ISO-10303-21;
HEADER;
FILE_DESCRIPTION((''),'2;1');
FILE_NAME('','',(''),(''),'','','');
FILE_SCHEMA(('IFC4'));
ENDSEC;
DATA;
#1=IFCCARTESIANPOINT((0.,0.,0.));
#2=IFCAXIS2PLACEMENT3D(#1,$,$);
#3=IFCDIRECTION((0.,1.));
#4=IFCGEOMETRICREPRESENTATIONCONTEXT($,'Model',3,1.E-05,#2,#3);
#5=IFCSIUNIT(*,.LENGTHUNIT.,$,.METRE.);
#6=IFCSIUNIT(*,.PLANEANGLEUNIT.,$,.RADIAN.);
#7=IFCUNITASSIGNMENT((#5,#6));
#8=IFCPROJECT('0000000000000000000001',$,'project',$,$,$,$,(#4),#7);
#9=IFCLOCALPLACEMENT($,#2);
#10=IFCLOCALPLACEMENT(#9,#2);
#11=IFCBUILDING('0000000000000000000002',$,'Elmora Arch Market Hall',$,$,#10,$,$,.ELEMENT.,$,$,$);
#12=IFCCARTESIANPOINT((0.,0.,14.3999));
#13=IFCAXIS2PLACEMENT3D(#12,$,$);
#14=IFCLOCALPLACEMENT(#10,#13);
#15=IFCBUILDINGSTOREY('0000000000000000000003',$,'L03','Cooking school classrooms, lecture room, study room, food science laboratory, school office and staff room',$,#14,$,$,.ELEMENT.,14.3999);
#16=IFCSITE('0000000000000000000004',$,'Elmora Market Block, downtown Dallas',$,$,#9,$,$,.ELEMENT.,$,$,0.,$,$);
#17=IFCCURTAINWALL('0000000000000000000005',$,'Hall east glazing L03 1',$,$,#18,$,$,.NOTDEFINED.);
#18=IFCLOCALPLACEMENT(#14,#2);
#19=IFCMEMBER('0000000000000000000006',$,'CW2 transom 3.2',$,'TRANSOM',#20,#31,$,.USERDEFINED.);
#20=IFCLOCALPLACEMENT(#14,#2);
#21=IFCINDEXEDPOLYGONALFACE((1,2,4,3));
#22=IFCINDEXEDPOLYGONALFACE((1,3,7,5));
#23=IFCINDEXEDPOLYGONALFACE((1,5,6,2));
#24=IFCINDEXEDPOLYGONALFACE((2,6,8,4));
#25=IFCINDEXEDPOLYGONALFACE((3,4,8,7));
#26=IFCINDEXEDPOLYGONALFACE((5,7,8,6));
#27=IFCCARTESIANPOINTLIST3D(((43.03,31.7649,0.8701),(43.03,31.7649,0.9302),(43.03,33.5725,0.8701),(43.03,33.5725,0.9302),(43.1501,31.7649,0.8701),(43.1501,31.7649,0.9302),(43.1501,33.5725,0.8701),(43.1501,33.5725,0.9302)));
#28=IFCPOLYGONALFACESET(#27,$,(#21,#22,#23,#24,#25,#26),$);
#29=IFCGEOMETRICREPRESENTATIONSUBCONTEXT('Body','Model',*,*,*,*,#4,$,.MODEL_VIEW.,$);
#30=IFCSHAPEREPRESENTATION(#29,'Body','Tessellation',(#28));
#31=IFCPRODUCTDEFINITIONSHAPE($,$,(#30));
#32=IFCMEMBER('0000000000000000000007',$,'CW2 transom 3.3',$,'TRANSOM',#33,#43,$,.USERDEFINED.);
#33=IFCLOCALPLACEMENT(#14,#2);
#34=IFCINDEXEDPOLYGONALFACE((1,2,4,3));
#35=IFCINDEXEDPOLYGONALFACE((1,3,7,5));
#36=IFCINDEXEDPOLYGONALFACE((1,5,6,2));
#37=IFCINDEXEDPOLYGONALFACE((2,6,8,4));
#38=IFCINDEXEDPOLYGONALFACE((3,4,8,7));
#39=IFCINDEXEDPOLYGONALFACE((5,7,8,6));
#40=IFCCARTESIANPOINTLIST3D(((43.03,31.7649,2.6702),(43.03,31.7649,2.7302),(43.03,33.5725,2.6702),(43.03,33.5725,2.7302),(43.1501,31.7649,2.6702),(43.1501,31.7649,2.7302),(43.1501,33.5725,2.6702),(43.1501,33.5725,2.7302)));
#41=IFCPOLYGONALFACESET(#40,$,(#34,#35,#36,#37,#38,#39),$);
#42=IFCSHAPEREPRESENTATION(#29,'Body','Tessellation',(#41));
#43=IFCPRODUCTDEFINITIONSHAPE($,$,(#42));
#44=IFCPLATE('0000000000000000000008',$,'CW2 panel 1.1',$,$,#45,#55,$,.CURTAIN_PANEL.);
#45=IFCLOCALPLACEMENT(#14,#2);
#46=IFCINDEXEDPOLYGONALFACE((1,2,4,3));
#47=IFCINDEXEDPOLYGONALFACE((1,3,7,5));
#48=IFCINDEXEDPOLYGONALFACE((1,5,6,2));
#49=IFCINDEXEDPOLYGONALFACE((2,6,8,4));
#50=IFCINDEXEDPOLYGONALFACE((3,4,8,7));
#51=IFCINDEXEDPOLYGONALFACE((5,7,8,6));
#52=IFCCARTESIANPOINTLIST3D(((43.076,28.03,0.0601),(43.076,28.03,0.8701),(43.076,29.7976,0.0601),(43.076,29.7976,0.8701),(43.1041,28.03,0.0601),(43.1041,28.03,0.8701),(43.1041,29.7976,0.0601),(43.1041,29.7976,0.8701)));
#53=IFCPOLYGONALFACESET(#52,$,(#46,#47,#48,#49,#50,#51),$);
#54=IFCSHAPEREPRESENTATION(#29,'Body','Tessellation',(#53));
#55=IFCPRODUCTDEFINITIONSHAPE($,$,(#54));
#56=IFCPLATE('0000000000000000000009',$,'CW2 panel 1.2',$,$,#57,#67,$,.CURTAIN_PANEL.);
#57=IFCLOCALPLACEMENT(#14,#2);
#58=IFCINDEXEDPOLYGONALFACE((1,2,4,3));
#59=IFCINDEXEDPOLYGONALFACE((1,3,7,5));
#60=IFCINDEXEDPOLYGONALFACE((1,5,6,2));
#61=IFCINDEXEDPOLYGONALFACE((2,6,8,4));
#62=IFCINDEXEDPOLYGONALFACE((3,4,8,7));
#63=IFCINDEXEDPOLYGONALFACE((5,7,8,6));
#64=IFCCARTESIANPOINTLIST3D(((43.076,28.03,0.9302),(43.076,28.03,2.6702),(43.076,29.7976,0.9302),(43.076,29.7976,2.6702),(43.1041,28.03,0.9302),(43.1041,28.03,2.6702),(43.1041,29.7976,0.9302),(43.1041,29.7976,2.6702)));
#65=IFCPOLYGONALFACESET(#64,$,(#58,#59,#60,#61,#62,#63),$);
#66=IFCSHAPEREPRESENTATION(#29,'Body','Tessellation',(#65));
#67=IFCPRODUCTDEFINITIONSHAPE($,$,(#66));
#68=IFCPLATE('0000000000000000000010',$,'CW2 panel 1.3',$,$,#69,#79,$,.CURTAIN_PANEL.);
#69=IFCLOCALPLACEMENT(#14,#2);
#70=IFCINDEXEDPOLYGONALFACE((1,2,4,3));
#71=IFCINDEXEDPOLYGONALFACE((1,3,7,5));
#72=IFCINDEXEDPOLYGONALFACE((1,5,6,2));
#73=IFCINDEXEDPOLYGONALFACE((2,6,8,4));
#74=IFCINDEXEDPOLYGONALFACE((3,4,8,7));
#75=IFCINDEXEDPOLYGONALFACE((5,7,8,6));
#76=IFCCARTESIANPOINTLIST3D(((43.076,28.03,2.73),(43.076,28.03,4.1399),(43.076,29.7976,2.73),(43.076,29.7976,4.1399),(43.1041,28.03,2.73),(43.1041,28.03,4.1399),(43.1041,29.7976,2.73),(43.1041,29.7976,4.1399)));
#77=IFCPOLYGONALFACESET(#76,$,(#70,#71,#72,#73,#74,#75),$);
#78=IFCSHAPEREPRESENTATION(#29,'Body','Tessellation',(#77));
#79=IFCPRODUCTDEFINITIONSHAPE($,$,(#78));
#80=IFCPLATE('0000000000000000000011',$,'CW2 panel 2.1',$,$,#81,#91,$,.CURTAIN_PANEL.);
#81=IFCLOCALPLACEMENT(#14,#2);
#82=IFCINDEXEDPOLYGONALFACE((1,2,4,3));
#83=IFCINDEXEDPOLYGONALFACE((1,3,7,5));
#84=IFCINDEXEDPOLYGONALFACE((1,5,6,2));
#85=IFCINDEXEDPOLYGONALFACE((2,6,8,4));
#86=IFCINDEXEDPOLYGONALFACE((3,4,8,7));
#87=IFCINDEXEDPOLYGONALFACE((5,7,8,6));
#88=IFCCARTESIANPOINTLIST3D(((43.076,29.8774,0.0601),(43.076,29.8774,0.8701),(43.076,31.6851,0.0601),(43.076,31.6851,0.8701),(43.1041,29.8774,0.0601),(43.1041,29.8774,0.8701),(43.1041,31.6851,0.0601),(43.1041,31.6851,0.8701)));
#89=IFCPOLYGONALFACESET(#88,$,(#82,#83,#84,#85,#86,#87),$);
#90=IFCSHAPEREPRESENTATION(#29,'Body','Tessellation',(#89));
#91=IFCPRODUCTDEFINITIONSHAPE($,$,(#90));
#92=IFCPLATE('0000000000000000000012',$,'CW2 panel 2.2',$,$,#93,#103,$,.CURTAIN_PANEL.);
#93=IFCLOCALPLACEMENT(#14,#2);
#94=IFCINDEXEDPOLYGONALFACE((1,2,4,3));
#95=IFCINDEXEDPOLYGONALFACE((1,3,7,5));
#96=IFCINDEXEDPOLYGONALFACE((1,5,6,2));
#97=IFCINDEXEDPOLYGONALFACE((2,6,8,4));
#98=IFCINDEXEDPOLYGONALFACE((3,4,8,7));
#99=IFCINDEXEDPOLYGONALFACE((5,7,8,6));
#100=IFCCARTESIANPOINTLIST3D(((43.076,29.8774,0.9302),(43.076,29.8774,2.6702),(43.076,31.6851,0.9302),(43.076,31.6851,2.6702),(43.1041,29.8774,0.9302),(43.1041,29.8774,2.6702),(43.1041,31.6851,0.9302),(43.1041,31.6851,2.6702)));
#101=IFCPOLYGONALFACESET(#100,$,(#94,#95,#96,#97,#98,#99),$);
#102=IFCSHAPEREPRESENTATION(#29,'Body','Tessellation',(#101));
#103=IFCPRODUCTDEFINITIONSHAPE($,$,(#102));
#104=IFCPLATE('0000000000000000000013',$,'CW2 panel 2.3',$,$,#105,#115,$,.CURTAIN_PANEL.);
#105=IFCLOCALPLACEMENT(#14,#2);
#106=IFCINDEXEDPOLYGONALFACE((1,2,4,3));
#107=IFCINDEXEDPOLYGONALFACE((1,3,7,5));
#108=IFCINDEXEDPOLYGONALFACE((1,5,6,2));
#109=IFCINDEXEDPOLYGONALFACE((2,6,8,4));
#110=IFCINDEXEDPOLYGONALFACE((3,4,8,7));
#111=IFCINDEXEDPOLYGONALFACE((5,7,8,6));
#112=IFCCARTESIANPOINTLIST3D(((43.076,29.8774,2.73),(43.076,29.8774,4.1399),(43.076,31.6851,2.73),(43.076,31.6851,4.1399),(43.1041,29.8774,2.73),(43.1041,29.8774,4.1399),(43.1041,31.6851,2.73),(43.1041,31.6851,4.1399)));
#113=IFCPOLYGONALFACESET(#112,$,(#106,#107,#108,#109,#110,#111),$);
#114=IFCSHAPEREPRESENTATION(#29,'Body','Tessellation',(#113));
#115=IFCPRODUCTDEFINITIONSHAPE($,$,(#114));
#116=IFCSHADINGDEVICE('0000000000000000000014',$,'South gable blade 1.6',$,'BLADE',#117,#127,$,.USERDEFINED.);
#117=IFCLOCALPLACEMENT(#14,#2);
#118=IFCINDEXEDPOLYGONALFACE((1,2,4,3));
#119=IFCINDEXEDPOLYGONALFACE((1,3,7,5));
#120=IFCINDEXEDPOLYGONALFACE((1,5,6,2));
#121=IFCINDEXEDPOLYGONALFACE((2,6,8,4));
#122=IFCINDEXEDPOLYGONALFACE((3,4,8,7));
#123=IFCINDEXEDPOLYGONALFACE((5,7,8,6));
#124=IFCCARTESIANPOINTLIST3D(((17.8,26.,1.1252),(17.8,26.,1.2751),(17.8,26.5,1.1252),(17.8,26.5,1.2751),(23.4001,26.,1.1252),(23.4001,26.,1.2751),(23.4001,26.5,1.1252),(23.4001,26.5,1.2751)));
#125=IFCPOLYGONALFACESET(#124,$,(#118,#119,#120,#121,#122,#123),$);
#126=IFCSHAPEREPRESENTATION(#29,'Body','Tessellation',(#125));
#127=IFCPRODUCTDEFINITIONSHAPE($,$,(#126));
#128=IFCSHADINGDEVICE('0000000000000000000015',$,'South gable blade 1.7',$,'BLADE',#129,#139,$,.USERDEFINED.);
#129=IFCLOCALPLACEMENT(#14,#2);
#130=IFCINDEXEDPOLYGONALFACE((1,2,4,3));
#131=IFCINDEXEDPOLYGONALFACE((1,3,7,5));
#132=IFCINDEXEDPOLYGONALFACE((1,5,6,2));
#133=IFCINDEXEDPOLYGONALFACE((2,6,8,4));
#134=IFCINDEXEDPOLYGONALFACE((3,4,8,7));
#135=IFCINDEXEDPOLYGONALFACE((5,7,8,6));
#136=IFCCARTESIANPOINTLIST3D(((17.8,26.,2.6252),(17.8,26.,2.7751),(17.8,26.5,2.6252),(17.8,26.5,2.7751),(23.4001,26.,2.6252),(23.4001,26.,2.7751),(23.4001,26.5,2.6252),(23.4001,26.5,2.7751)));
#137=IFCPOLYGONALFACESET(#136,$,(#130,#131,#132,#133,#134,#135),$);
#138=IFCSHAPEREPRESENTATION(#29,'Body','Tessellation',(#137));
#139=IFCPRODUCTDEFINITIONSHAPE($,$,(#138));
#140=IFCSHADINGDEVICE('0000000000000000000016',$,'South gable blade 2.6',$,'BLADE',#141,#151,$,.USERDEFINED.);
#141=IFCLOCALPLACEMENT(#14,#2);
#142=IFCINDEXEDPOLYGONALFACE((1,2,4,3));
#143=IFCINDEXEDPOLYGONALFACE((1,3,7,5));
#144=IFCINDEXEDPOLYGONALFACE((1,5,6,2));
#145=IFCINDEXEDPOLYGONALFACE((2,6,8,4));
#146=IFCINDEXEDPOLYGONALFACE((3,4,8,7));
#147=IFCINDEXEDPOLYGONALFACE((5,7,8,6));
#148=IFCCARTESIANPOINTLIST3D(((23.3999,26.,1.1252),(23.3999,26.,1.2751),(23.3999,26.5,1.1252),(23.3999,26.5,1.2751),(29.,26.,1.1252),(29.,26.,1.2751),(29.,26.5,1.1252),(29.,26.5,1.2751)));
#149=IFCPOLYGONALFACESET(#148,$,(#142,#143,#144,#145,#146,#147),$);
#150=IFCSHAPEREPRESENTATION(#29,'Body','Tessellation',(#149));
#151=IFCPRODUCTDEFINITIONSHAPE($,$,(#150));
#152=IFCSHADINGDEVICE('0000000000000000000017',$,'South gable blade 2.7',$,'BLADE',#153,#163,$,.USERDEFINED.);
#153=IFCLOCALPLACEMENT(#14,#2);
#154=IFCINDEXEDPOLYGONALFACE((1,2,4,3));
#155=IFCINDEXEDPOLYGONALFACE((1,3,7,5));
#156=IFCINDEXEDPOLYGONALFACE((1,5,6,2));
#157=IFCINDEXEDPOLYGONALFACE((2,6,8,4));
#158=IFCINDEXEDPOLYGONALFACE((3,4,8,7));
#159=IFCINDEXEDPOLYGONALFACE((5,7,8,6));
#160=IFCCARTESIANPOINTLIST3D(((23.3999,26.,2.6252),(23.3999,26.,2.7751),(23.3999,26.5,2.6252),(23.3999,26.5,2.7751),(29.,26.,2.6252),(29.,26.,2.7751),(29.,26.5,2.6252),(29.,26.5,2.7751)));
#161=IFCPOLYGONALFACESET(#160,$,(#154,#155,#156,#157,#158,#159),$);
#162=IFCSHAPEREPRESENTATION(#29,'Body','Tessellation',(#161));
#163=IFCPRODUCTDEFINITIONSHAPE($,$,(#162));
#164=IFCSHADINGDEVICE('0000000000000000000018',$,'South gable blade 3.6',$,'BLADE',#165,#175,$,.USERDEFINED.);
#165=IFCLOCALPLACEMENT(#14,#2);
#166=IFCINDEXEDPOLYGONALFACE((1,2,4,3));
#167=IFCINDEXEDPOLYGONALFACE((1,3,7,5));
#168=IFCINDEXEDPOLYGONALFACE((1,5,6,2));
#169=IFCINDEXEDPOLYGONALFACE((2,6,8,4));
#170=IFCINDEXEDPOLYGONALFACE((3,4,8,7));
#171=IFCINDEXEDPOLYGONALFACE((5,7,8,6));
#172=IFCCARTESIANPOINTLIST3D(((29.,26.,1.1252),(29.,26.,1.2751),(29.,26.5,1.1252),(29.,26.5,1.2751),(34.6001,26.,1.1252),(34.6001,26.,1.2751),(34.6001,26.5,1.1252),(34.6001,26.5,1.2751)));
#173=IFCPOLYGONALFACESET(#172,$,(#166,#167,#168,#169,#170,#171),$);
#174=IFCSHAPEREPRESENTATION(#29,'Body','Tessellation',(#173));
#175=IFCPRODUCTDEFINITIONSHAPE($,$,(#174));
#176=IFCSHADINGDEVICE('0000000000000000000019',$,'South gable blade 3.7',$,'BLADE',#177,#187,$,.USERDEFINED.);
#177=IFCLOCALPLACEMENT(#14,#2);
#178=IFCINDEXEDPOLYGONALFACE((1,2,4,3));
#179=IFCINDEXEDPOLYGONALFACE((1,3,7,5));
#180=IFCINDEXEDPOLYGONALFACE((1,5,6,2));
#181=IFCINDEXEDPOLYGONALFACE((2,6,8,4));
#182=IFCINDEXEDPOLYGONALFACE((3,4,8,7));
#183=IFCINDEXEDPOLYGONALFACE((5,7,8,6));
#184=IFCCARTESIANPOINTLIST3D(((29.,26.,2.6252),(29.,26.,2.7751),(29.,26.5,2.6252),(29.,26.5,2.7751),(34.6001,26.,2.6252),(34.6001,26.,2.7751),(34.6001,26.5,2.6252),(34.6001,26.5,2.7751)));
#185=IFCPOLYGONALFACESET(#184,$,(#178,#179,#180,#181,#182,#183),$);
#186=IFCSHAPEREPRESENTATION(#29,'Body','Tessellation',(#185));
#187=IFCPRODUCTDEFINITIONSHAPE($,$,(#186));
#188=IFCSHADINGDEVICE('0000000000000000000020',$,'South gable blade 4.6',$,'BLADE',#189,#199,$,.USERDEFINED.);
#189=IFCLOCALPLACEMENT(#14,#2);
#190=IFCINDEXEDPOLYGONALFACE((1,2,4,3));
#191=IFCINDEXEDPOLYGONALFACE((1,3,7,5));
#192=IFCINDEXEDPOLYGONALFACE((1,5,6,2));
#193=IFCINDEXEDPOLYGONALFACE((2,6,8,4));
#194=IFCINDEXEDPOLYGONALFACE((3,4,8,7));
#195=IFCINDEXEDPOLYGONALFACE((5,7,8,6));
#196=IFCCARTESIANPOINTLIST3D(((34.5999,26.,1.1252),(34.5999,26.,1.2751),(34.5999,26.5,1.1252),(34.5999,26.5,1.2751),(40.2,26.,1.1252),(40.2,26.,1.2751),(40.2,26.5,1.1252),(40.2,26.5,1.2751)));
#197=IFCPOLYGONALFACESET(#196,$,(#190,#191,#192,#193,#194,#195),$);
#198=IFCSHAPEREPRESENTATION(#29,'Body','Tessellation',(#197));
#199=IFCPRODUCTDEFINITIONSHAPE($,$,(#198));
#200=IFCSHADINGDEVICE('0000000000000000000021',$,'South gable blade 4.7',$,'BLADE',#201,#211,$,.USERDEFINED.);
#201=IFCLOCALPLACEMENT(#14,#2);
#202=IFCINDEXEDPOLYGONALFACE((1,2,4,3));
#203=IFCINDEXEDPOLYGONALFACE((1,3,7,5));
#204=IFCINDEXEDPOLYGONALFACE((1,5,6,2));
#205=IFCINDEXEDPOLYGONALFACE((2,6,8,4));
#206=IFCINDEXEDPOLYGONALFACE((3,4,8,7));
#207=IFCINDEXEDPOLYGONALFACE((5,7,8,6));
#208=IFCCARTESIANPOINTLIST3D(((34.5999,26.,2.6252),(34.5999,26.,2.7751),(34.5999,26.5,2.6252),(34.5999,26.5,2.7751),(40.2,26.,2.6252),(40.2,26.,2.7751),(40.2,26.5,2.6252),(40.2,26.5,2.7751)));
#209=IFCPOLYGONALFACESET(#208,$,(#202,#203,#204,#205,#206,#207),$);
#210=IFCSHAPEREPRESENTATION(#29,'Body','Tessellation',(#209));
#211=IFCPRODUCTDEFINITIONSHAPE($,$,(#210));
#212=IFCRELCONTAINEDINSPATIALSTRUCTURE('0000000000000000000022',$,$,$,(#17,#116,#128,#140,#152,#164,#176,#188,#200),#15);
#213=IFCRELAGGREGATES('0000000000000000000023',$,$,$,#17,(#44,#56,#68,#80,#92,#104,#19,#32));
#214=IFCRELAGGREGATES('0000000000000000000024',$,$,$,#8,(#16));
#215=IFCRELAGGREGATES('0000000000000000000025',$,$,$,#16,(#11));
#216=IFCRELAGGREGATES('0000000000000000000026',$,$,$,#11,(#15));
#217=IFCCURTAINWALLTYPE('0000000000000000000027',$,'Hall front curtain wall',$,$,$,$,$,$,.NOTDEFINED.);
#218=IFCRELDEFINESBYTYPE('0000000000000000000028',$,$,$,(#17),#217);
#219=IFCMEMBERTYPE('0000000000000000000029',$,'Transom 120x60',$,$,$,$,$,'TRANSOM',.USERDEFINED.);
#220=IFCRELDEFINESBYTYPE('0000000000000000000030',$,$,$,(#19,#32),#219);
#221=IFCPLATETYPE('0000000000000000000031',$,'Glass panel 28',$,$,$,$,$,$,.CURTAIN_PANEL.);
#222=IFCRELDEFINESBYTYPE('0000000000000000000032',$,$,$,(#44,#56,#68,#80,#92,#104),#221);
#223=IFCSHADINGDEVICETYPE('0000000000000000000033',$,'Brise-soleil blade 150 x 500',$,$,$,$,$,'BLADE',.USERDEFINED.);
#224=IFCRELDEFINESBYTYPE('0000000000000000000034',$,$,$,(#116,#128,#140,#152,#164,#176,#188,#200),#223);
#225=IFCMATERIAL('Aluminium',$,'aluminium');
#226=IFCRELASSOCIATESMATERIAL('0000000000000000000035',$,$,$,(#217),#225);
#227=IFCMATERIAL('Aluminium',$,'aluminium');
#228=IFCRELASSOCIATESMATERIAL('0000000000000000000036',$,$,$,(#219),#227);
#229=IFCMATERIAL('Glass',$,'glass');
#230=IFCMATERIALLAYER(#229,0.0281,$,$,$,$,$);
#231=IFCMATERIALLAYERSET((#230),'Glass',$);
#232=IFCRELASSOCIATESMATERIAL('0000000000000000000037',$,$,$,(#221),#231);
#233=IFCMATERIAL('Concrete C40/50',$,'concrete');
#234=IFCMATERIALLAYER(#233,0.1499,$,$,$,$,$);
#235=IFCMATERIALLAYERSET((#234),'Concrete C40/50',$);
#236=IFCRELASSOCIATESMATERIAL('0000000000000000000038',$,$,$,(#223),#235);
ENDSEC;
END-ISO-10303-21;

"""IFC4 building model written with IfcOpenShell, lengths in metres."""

from ifc_helpers import new_model, si_unit, direction, frame, origin, origin_2d, place, context, subcontext, project, spatial, rectangle, extrude, material, layer, layer_set, material_profile, profile_set, type_object, element, aggregate, save


model = new_model("IFC4")

# Units and contexts
model_context = context("Model", 3, precision=1e-05, world=origin(), true_north=direction((0.0, 1.0)))
body_context = subcontext(model_context, "Body", "Model", "MODEL_VIEW")
ifc_project = project(units=[si_unit("LENGTHUNIT", "METRE"), si_unit("PLANEANGLEUNIT", "RADIAN")], contexts=[model_context])

# Site, building, storey
site_placement = place(None, origin())
site = spatial("IfcSite", under=ifc_project, at=site_placement, Name="Elmora Market Block, downtown Dallas", CompositionType="ELEMENT", RefElevation=0.0)
building_placement = place(site_placement, origin())
building = spatial("IfcBuilding", under=site, at=building_placement, Name="Elmora Arch Market Hall", CompositionType="ELEMENT")
storey_placement = place(building_placement, frame((0.0, 0.0, 14.3999)))
storey = spatial("IfcBuildingStorey", under=building, at=storey_placement, Name="L03", Description="Cooking school classrooms, lecture room, study room, food science laboratory, school office and staff room", CompositionType="ELEMENT", Elevation=14.3999)

# Curtain wall, members, plates
ifc_material_1 = material(Name="Aluminium", Category="aluminium")
curtain_wall_type = type_object("IfcCurtainWallType", Name="Hall front curtain wall", PredefinedType="NOTDEFINED", material=ifc_material_1)
curtain_wall_placement = place(storey_placement, origin())
curtain_wall = element("IfcCurtainWall", 1, at=curtain_wall_placement, inside=storey, type_object=curtain_wall_type, Name="Hall east glazing L03 1", PredefinedType="NOTDEFINED")
ifc_material_2 = material(Name="Aluminium", Category="aluminium")
ifc_material_profile_1 = material_profile(ifc_material_2, rectangle(XDim=0.1201, YDim=0.0601, at=origin_2d()), Name="AL 120x60")
ifc_profile_set_1 = profile_set([ifc_material_profile_1], Name="Aluminium")
member_type_1 = type_object("IfcMemberType", Name="Transom 120x60", ElementType="TRANSOM", PredefinedType="USERDEFINED", material=ifc_profile_set_1)
member_1_placement = place(storey_placement, frame((43.0901, 31.7649, 0.9001), z_axis=(0.0, 1.0, 0.0), x_axis=(-1.0, 0.0, 0.0)))
member_1 = element("IfcMember", 2, at=member_1_placement, type_object=member_type_1, Name="CW2 transom 3.2", ObjectType="TRANSOM", PredefinedType="USERDEFINED", context=body_context, shape_type="SweptSolid", body=[
    extrude(rectangle(XDim=0.1201, YDim=0.0601, at=origin_2d()), origin(), (0.0, 0.0, 1.0), 1.8076),
])
member_2_placement = place(storey_placement, frame((43.0901, 31.7649, 2.7002), z_axis=(0.0, 1.0, 0.0), x_axis=(-1.0, 0.0, 0.0)))
member_2 = element("IfcMember", 3, at=member_2_placement, type_object=member_type_1, Name="CW2 transom 3.3", ObjectType="TRANSOM", PredefinedType="USERDEFINED", context=body_context, shape_type="SweptSolid", body=[
    extrude(rectangle(XDim=0.1201, YDim=0.0601, at=origin_2d()), origin(), (0.0, 0.0, 1.0), 1.8076),
])
ifc_material_3 = material(Name="Glass", Category="glass")
ifc_layer_1 = layer(ifc_material_3, 0.0281)
ifc_layer_set_1 = layer_set([ifc_layer_1], Name="Glass")
plate_type = type_object("IfcPlateType", Name="Glass panel 28", PredefinedType="CURTAIN_PANEL", material=ifc_layer_set_1)
plate_1_placement = place(storey_placement, frame((43.0901, 28.9138, 0.0601), z_axis=(0.0, 0.0, 1.0), x_axis=(0.0, 1.0, 0.0)))
plate_1 = element("IfcPlate", 4, at=plate_1_placement, type_object=plate_type, Name="CW2 panel 1.1", PredefinedType="CURTAIN_PANEL", context=body_context, shape_type="SweptSolid", body=[
    extrude(rectangle(XDim=1.7676, YDim=0.0281, at=origin_2d()), origin(), (0.0, 0.0, 1.0), 0.8101),
])
plate_2_placement = place(storey_placement, frame((43.0901, 28.9138, 0.9302), z_axis=(0.0, 0.0, 1.0), x_axis=(0.0, 1.0, 0.0)))
plate_2 = element("IfcPlate", 5, at=plate_2_placement, type_object=plate_type, Name="CW2 panel 1.2", PredefinedType="CURTAIN_PANEL", context=body_context, shape_type="SweptSolid", body=[
    extrude(rectangle(XDim=1.7676, YDim=0.0281, at=origin_2d()), origin(), (0.0, 0.0, 1.0), 1.74),
])
plate_3_placement = place(storey_placement, frame((43.0901, 28.9138, 2.73), z_axis=(0.0, 0.0, 1.0), x_axis=(0.0, 1.0, 0.0)))
plate_3 = element("IfcPlate", 6, at=plate_3_placement, type_object=plate_type, Name="CW2 panel 1.3", PredefinedType="CURTAIN_PANEL", context=body_context, shape_type="SweptSolid", body=[
    extrude(rectangle(XDim=1.7676, YDim=0.0281, at=origin_2d()), origin(), (0.0, 0.0, 1.0), 1.4099),
])
plate_4_placement = place(storey_placement, frame((43.0901, 30.7812, 0.0601), z_axis=(0.0, 0.0, 1.0), x_axis=(0.0, 1.0, 0.0)))
plate_4 = element("IfcPlate", 7, at=plate_4_placement, type_object=plate_type, Name="CW2 panel 2.1", PredefinedType="CURTAIN_PANEL", context=body_context, shape_type="SweptSolid", body=[
    extrude(rectangle(XDim=1.8076, YDim=0.0281, at=origin_2d()), origin(), (0.0, 0.0, 1.0), 0.8101),
])
plate_5_placement = place(storey_placement, frame((43.0901, 30.7812, 0.9302), z_axis=(0.0, 0.0, 1.0), x_axis=(0.0, 1.0, 0.0)))
plate_5 = element("IfcPlate", 8, at=plate_5_placement, type_object=plate_type, Name="CW2 panel 2.2", PredefinedType="CURTAIN_PANEL", context=body_context, shape_type="SweptSolid", body=[
    extrude(rectangle(XDim=1.8076, YDim=0.0281, at=origin_2d()), origin(), (0.0, 0.0, 1.0), 1.74),
])
plate_6_placement = place(storey_placement, frame((43.0901, 30.7812, 2.73), z_axis=(0.0, 0.0, 1.0), x_axis=(0.0, 1.0, 0.0)))
plate_6 = element("IfcPlate", 9, at=plate_6_placement, type_object=plate_type, Name="CW2 panel 2.3", PredefinedType="CURTAIN_PANEL", context=body_context, shape_type="SweptSolid", body=[
    extrude(rectangle(XDim=1.8076, YDim=0.0281, at=origin_2d()), origin(), (0.0, 0.0, 1.0), 1.4099),
])
aggregate(curtain_wall, [plate_1, plate_2, plate_3, plate_4, plate_5, plate_6, member_1, member_2])

# Shading devices
ifc_material_4 = material(Name="Concrete C40/50", Category="concrete")
ifc_layer_2 = layer(ifc_material_4, 0.1499)
ifc_layer_set_2 = layer_set([ifc_layer_2], Name="Concrete C40/50")
shading_device_type_1 = type_object("IfcShadingDeviceType", Name="Brise-soleil blade 150 x 500", ElementType="BLADE", PredefinedType="USERDEFINED", material=ifc_layer_set_2)
for number, where, z_axis, x_axis, name in (
    (10, (20.6001, 26.25, 1.1252), (0.0, 0.0, 1.0), (1.0, 0.0, 0.0), "South gable blade 1.6"),
    (11, (20.6001, 26.25, 2.6252), (0.0, 0.0, 1.0), (1.0, 0.0, 0.0), "South gable blade 1.7"),
    (12, (26.2, 26.25, 1.1252), (0.0, 0.0, 1.0), (1.0, 0.0, 0.0), "South gable blade 2.6"),
    (13, (26.2, 26.25, 2.6252), (0.0, 0.0, 1.0), (1.0, 0.0, 0.0), "South gable blade 2.7"),
    (14, (31.8, 26.25, 1.1252), (0.0, 0.0, 1.0), (1.0, 0.0, 0.0), "South gable blade 3.6"),
    (15, (31.8, 26.25, 2.6252), (0.0, 0.0, 1.0), (1.0, 0.0, 0.0), "South gable blade 3.7"),
    (16, (37.3999, 26.25, 1.1252), (0.0, 0.0, 1.0), (1.0, 0.0, 0.0), "South gable blade 4.6"),
    (17, (37.3999, 26.25, 2.6252), (0.0, 0.0, 1.0), (1.0, 0.0, 0.0), "South gable blade 4.7"),
):
    element("IfcShadingDevice", number, at=place(storey_placement, frame(where, z_axis=z_axis, x_axis=x_axis)), inside=storey, type_object=shading_device_type_1, Name=name, ObjectType="BLADE", PredefinedType="USERDEFINED", context=body_context, shape_type="SweptSolid", body=[
        extrude(rectangle(XDim=5.6001, YDim=0.5, at=origin_2d()), origin(), (0.0, 0.0, 1.0), 0.1499),
    ])

save(model, "model.ifc")
